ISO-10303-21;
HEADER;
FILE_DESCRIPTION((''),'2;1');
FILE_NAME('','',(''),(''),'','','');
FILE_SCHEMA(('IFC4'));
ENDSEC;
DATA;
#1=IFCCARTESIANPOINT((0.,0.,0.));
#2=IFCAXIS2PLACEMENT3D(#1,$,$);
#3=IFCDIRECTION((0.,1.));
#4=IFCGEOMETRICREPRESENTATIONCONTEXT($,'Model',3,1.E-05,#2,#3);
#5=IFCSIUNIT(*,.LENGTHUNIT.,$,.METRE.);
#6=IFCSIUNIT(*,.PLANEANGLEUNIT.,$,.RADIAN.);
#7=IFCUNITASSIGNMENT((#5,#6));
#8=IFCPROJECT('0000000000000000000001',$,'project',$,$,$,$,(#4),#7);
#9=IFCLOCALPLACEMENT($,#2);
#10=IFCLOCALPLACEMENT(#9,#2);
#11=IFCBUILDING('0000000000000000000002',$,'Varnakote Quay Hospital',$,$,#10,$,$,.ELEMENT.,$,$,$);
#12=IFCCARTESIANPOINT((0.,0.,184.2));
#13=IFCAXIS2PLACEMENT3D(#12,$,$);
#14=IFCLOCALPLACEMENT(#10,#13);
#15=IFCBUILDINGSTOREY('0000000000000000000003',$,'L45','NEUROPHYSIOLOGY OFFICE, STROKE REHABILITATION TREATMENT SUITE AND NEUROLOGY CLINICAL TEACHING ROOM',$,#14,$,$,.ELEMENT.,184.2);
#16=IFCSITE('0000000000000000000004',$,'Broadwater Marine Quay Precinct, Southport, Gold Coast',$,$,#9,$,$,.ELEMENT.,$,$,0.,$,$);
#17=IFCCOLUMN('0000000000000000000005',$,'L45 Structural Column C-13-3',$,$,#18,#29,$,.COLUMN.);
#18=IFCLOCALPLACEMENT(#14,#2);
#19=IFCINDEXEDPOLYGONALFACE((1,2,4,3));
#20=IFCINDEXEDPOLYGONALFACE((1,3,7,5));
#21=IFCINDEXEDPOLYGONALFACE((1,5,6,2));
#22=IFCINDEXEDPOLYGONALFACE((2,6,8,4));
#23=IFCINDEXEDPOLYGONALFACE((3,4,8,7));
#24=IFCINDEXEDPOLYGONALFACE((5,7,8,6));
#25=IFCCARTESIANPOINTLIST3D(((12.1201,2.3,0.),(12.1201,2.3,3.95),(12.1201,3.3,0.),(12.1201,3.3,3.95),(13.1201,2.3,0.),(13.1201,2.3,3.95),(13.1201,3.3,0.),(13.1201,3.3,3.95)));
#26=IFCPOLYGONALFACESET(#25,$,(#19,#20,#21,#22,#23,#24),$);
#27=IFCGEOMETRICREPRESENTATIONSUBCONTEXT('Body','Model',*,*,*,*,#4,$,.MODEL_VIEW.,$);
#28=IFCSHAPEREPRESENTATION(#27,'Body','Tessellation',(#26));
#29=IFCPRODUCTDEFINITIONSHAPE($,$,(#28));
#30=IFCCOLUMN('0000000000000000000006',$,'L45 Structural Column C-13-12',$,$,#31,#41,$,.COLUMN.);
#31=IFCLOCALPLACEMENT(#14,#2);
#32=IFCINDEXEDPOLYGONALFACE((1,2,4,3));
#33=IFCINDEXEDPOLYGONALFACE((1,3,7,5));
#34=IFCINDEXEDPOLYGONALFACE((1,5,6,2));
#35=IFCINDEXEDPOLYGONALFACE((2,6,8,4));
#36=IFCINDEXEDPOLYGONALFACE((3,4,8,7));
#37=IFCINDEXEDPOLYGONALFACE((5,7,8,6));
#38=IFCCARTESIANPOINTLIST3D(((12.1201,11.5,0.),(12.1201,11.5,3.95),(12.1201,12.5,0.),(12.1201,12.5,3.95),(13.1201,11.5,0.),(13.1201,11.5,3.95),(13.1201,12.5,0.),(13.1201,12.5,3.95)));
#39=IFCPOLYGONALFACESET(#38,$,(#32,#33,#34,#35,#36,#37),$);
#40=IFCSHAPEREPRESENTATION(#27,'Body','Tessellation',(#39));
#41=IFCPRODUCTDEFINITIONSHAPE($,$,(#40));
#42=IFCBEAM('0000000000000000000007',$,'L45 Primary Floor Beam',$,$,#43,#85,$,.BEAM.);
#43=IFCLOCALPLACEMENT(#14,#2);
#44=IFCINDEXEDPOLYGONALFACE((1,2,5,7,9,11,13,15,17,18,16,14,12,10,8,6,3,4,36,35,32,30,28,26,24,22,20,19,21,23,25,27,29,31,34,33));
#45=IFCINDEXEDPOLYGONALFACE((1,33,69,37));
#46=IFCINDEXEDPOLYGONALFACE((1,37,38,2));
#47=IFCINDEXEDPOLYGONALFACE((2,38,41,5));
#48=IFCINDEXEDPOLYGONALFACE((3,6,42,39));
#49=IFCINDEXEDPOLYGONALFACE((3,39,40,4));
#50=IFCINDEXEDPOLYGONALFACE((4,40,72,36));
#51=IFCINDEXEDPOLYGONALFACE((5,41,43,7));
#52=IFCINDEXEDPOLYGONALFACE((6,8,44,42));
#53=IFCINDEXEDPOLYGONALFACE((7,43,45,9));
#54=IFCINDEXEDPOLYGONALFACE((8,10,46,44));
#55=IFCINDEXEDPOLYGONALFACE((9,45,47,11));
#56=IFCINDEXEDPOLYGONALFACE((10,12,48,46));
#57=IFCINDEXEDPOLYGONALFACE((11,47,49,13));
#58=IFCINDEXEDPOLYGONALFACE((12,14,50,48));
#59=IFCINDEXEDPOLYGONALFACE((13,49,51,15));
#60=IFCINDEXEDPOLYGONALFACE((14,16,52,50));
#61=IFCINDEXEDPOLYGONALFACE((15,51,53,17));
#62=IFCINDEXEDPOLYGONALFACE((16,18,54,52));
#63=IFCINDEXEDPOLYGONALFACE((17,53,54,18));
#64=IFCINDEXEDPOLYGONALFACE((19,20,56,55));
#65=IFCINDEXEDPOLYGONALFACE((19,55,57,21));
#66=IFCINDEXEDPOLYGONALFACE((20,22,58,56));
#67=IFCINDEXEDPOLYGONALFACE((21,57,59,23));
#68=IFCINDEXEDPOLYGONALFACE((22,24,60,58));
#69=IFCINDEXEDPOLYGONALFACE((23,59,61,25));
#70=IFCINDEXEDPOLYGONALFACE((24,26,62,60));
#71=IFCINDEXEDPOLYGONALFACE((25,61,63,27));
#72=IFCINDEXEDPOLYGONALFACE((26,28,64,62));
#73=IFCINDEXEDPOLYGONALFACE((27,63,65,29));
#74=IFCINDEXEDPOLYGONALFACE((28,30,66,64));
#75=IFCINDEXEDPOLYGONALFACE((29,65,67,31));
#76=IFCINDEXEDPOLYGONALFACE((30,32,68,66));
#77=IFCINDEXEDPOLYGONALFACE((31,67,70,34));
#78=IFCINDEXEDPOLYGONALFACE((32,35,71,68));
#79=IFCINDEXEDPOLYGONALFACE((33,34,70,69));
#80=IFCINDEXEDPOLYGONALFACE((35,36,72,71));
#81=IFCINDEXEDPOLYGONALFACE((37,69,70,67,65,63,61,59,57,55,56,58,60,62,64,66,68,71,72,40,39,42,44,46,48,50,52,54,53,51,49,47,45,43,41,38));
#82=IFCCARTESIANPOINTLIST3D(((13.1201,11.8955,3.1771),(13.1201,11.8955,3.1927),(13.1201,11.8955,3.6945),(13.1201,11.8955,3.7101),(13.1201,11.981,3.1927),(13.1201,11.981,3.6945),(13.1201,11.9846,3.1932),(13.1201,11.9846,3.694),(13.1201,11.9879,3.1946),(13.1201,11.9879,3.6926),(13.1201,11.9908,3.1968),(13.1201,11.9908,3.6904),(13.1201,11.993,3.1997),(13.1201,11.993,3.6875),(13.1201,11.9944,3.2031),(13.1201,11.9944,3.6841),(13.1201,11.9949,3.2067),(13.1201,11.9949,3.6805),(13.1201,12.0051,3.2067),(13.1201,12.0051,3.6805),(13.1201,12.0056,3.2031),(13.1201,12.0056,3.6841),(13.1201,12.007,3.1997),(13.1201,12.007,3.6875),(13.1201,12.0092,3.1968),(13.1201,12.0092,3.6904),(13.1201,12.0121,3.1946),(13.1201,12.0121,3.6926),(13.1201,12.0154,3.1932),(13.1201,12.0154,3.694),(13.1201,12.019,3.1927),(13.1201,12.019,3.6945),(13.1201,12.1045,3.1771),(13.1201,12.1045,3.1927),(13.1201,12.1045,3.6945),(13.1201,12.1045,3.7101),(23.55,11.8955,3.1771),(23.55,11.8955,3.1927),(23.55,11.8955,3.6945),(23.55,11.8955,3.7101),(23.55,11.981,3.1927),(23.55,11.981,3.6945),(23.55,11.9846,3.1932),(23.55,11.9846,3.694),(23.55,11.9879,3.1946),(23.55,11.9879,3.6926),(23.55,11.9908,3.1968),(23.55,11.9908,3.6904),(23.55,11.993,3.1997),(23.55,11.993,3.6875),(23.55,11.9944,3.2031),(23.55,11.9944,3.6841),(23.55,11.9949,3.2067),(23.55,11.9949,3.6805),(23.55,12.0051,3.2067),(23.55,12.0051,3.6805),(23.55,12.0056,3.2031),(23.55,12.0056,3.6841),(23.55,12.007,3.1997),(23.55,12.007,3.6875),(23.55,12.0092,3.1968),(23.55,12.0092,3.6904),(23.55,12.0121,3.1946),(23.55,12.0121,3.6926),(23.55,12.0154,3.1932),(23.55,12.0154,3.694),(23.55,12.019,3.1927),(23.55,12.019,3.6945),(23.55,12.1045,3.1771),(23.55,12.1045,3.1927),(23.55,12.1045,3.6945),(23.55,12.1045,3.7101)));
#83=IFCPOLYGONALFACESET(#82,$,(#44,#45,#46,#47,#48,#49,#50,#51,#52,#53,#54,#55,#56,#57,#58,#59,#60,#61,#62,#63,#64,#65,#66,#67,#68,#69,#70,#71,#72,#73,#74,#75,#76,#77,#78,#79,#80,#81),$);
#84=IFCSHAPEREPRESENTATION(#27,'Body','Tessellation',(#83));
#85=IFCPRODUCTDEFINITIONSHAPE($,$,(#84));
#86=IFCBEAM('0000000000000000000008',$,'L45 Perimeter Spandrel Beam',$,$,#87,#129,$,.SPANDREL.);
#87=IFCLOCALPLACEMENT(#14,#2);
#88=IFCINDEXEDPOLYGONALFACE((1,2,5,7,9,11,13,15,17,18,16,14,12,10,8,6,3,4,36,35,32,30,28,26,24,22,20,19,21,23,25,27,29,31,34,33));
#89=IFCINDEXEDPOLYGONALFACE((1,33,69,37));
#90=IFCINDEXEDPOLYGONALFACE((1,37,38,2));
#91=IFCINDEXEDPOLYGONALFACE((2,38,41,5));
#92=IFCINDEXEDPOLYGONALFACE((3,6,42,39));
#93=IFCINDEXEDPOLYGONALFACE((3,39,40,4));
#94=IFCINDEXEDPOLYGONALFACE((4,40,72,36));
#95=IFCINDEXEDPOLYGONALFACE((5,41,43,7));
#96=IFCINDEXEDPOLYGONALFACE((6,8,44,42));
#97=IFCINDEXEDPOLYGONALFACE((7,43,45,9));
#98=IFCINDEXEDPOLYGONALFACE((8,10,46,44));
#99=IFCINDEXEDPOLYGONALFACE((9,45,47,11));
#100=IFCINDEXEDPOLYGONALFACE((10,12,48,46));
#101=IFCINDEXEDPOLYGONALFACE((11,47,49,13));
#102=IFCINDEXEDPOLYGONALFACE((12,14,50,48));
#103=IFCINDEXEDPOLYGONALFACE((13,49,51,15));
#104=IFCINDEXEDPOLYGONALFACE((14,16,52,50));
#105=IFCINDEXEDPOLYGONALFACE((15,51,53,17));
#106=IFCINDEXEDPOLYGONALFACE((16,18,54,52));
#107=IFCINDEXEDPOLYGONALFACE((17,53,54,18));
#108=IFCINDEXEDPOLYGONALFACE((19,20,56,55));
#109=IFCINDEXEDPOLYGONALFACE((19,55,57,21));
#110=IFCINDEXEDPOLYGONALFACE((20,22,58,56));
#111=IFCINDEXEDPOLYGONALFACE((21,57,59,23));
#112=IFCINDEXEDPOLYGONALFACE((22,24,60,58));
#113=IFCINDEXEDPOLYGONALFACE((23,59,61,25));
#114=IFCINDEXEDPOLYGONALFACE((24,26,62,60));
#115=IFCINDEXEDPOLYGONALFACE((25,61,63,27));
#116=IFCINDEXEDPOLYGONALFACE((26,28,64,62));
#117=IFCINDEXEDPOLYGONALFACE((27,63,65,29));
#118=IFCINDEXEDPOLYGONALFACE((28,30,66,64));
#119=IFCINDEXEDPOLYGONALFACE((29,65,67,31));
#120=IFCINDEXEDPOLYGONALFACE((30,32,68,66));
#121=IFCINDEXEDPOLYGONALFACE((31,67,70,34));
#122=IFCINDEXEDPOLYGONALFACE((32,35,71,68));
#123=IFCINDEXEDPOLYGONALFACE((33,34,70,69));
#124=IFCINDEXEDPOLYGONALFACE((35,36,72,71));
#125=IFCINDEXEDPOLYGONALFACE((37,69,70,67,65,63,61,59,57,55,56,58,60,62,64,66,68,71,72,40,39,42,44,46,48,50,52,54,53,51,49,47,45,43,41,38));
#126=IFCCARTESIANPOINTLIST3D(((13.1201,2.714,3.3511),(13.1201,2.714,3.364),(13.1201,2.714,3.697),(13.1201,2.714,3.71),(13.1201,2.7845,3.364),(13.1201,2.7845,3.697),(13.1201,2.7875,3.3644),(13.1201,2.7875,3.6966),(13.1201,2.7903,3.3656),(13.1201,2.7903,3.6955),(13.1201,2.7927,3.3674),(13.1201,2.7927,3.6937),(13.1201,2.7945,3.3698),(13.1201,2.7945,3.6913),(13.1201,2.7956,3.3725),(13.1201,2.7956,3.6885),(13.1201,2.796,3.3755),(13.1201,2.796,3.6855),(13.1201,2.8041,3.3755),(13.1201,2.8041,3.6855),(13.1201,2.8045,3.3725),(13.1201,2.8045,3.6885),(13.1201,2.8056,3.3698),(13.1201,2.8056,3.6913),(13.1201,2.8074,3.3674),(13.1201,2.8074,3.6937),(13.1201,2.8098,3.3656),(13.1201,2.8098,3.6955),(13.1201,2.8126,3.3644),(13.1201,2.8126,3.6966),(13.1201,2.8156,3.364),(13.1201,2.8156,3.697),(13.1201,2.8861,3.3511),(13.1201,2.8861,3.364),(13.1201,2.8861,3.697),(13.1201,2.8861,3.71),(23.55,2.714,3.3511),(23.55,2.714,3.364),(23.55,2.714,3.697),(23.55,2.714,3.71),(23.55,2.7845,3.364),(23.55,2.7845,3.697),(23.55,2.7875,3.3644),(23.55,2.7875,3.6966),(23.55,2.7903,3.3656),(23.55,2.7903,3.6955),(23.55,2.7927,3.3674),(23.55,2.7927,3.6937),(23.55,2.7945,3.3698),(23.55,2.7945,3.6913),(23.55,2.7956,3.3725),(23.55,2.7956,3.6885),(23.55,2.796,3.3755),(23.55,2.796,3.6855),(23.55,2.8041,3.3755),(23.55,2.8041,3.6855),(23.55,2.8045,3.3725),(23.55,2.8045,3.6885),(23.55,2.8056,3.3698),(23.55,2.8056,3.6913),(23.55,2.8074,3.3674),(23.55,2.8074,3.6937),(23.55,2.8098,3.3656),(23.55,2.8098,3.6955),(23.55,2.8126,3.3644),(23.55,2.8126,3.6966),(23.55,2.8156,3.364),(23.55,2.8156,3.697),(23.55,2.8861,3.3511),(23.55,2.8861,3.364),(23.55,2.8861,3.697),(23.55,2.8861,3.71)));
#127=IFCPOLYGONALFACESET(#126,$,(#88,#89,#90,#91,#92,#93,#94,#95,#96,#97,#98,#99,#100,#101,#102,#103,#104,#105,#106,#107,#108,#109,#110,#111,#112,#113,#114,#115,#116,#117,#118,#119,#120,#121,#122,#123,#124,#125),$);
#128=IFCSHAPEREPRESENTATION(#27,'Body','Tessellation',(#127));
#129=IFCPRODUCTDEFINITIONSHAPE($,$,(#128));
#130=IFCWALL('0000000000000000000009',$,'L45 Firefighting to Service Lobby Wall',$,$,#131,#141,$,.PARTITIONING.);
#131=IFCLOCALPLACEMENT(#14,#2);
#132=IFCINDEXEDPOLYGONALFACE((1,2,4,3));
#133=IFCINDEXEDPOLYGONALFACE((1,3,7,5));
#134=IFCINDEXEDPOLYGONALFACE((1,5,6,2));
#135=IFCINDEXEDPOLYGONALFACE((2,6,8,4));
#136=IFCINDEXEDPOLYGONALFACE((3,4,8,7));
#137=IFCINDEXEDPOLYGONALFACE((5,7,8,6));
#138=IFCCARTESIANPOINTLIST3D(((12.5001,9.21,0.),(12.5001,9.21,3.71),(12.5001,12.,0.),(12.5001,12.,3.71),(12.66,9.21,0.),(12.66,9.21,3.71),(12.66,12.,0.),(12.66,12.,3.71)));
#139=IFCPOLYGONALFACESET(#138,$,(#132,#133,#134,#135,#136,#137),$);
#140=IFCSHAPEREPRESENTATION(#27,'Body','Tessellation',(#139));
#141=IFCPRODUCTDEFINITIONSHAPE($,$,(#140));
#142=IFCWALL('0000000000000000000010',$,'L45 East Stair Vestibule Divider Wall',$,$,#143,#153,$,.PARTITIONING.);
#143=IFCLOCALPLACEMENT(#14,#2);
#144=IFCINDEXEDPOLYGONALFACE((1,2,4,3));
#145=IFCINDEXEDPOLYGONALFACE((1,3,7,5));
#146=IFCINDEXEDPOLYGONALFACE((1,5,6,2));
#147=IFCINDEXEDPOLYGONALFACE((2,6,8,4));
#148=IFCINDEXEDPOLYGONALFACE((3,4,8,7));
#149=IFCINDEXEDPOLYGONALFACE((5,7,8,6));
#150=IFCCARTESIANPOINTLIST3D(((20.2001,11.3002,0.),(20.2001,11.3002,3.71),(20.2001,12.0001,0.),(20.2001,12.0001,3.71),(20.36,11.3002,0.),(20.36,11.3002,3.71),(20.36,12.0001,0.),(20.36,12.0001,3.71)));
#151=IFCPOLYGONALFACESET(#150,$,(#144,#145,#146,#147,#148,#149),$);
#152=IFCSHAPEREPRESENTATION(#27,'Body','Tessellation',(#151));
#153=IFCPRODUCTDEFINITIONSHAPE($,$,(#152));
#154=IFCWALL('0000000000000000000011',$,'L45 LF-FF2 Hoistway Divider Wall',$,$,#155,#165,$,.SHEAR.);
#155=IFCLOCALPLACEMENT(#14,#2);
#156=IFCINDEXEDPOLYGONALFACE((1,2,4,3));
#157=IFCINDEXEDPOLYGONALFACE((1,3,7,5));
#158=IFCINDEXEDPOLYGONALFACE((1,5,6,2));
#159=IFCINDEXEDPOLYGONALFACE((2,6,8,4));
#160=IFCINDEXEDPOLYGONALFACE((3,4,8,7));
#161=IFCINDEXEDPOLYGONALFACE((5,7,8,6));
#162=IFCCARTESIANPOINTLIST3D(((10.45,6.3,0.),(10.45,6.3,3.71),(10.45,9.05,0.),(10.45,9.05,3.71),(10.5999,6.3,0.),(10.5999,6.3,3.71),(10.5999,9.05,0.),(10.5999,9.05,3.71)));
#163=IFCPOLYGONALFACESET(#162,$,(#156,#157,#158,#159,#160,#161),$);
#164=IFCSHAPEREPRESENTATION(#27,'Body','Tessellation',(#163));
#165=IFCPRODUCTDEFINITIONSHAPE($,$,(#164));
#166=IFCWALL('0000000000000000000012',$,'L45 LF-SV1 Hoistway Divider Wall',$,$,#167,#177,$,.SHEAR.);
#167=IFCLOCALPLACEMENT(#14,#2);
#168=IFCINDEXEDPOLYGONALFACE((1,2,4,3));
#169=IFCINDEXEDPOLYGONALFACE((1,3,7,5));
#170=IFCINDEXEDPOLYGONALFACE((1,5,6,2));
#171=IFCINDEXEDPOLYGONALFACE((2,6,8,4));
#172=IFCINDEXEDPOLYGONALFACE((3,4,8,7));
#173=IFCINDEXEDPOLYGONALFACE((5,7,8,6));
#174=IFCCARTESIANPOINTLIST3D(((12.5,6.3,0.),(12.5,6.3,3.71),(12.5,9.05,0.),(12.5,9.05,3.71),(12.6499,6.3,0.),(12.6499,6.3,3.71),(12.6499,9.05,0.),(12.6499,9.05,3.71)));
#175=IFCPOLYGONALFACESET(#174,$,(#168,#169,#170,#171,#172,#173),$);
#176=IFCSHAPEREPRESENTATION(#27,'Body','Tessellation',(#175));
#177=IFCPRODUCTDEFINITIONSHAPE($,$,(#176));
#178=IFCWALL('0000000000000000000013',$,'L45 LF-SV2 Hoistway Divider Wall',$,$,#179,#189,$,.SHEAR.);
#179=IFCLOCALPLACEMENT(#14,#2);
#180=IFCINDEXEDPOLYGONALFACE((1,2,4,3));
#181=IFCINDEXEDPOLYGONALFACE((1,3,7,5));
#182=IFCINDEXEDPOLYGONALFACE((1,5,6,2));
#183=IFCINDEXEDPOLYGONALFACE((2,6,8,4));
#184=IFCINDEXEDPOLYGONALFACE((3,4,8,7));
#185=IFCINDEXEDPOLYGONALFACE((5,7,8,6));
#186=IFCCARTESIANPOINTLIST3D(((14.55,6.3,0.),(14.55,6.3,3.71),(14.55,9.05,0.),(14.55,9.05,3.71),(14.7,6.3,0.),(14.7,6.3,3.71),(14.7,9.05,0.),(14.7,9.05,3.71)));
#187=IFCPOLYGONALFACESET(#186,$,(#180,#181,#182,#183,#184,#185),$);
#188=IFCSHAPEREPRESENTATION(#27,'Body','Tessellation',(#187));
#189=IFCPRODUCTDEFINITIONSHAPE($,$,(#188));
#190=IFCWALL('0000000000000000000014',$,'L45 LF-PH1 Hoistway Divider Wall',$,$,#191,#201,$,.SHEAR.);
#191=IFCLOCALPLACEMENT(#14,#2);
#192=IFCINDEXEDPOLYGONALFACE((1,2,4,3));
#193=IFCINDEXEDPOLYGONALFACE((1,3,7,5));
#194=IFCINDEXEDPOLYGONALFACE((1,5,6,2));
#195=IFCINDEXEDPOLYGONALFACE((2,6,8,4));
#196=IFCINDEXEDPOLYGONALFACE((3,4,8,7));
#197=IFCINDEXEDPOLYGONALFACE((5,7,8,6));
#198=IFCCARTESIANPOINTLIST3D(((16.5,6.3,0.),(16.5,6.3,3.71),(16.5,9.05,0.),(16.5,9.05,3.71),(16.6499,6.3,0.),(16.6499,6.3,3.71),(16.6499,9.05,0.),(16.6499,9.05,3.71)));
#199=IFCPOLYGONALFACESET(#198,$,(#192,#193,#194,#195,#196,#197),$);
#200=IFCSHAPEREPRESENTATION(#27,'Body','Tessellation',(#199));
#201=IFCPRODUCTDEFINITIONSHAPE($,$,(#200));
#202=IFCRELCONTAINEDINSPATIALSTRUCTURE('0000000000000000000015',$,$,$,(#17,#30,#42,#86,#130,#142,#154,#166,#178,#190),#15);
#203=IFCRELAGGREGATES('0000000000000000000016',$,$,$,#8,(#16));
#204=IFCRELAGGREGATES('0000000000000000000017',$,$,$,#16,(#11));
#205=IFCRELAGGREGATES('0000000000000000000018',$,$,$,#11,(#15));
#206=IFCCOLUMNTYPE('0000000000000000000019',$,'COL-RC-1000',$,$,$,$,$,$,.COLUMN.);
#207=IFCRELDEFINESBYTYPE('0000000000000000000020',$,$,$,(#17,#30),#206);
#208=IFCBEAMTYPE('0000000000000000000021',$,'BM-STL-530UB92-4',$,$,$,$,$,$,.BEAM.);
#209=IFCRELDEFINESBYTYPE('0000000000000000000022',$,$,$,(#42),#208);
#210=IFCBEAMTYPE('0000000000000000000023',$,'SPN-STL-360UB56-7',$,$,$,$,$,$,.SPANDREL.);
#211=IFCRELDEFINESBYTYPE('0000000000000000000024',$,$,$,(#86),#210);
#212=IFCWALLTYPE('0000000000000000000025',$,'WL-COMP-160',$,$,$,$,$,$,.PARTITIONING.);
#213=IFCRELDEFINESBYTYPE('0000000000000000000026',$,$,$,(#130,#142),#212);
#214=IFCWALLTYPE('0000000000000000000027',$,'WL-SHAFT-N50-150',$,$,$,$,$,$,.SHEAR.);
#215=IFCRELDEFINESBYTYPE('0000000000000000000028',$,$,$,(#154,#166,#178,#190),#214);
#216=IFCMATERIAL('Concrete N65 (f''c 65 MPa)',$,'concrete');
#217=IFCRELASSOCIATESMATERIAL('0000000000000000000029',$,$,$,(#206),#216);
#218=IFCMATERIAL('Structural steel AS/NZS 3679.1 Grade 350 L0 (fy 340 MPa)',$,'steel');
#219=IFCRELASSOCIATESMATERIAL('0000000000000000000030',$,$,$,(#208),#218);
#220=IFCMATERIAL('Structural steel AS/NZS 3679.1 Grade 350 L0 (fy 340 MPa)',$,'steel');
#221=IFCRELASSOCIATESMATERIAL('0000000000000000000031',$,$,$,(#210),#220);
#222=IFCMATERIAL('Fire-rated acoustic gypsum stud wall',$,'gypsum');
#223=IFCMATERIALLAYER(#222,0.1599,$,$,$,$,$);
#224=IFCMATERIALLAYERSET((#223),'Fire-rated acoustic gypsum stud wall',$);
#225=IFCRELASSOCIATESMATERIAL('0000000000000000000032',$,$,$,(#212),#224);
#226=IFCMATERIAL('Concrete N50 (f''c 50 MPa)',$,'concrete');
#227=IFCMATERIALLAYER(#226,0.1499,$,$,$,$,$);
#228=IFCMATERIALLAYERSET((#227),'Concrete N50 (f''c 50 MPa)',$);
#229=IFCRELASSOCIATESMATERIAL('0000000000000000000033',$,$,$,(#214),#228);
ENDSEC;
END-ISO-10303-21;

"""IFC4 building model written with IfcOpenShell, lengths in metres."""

from ifc_helpers import new_model, si_unit, direction, frame, frame_2d, origin, origin_2d, place, context, subcontext, project, spatial, rectangle, i_section, extrude, material, layer, layer_set, material_profile, profile_set, type_object, element, save


model = new_model("IFC4")

# Units and contexts
model_context = context("Model", 3, precision=1e-05, world=origin(), true_north=direction((0.0, 1.0)))
body_context = subcontext(model_context, "Body", "Model", "MODEL_VIEW")
ifc_project = project(units=[si_unit("LENGTHUNIT", "METRE"), si_unit("PLANEANGLEUNIT", "RADIAN")], contexts=[model_context])

# Site, building, storey
site_placement = place(None, origin())
site = spatial("IfcSite", under=ifc_project, at=site_placement, Name="Broadwater Marine Quay Precinct, Southport, Gold Coast", CompositionType="ELEMENT", RefElevation=0.0)
building_placement = place(site_placement, origin())
building = spatial("IfcBuilding", under=site, at=building_placement, Name="Varnakote Quay Hospital", CompositionType="ELEMENT")
storey_placement = place(building_placement, frame((0.0, 0.0, 184.2)))
storey = spatial("IfcBuildingStorey", under=building, at=storey_placement, Name="L45", Description="NEUROPHYSIOLOGY OFFICE, STROKE REHABILITATION TREATMENT SUITE AND NEUROLOGY CLINICAL TEACHING ROOM", CompositionType="ELEMENT", Elevation=184.2)

# Columns
ifc_material_1 = material(Name="Concrete N65 (f'c 65 MPa)", Category="concrete")
ifc_material_profile_1 = material_profile(ifc_material_1, rectangle(XDim=1.0, YDim=1.0, at=origin_2d()), Name="RC-COL-1000x1000")
ifc_profile_set_1 = profile_set([ifc_material_profile_1], Name="Concrete N65 (f'c 65 MPa)")
column_type = type_object("IfcColumnType", Name="COL-RC-1000", PredefinedType="COLUMN", material=ifc_profile_set_1)
for number, where, z_axis, x_axis, name in (
    (1, (12.6201, 2.8, 0.0), (0.0, 0.0, 1.0), (1.0, 0.0, 0.0), "L45 Structural Column C-13-3"),
    (2, (12.6201, 12.0, 0.0), (0.0, 0.0, 1.0), (1.0, 0.0, 0.0), "L45 Structural Column C-13-12"),
):
    element("IfcColumn", number, at=place(storey_placement, frame(where, z_axis=z_axis, x_axis=x_axis)), inside=storey, type_object=column_type, Name=name, PredefinedType="COLUMN", context=body_context, shape_type="SweptSolid", body=[
        extrude(rectangle(XDim=1.0, YDim=1.0, at=origin_2d()), origin(), (0.0, 0.0, 1.0), 3.95),
    ])

# Beams
ifc_material_2 = material(Name="Structural steel AS/NZS 3679.1 Grade 350 L0 (fy 340 MPa)", Category="steel")
ifc_material_profile_2 = material_profile(ifc_material_2, i_section(OverallWidth=0.209, OverallDepth=0.533, WebThickness=0.0103, FlangeThickness=0.0156, FilletRadius=0.0139, at=origin_2d()), Name="530UB92.4")
ifc_profile_set_2 = profile_set([ifc_material_profile_2], Name="Structural steel AS/NZS 3679.1 Grade 350 L0 (fy 340 MPa)")
beam_type_1 = type_object("IfcBeamType", Name="BM-STL-530UB92-4", PredefinedType="BEAM", material=ifc_profile_set_2)
beam_1_placement = place(storey_placement, frame((13.1201, 12.0, 3.4436), z_axis=(1.0, 0.0, 0.0), x_axis=(0.0, 1.0, 0.0)))
element("IfcBeam", 3, at=beam_1_placement, inside=storey, type_object=beam_type_1, Name="L45 Primary Floor Beam", PredefinedType="BEAM", context=body_context, shape_type="SweptSolid", body=[
    extrude(i_section(OverallWidth=0.209, OverallDepth=0.533, WebThickness=0.0103, FlangeThickness=0.0156, FilletRadius=0.0139, at=origin_2d()), origin(), (0.0, 0.0, 1.0), 10.4299),
])
ifc_material_3 = material(Name="Structural steel AS/NZS 3679.1 Grade 350 L0 (fy 340 MPa)", Category="steel")
ifc_material_profile_3 = material_profile(ifc_material_3, i_section(OverallWidth=0.1721, OverallDepth=0.3589, WebThickness=0.0081, FlangeThickness=0.0129, FilletRadius=0.0115, at=origin_2d()), Name="360UB56.7")
ifc_profile_set_3 = profile_set([ifc_material_profile_3], Name="Structural steel AS/NZS 3679.1 Grade 350 L0 (fy 340 MPa)")
beam_type_2 = type_object("IfcBeamType", Name="SPN-STL-360UB56-7", PredefinedType="SPANDREL", material=ifc_profile_set_3)
beam_2_placement = place(storey_placement, frame((13.1201, 2.8, 3.5305), z_axis=(1.0, 0.0, 0.0), x_axis=(0.0, 1.0, 0.0)))
element("IfcBeam", 4, at=beam_2_placement, inside=storey, type_object=beam_type_2, Name="L45 Perimeter Spandrel Beam", PredefinedType="SPANDREL", context=body_context, shape_type="SweptSolid", body=[
    extrude(i_section(OverallWidth=0.1721, OverallDepth=0.3589, WebThickness=0.0081, FlangeThickness=0.0129, FilletRadius=0.0115, at=origin_2d()), origin(), (0.0, 0.0, 1.0), 10.4299),
])

# Walls
ifc_material_4 = material(Name="Fire-rated acoustic gypsum stud wall", Category="gypsum")
ifc_layer_1 = layer(ifc_material_4, 0.1599)
ifc_layer_set_1 = layer_set([ifc_layer_1], Name="Fire-rated acoustic gypsum stud wall")
wall_type_1 = type_object("IfcWallType", Name="WL-COMP-160", PredefinedType="PARTITIONING", material=ifc_layer_set_1)
wall_1_placement = place(storey_placement, frame((12.5801, 9.21, 0.0), z_axis=(0.0, 0.0, 1.0), x_axis=(0.0, 1.0, 0.0)))
element("IfcWall", 5, at=wall_1_placement, inside=storey, type_object=wall_type_1, Name="L45 Firefighting to Service Lobby Wall", PredefinedType="PARTITIONING", context=body_context, shape_type="SweptSolid", body=[
    extrude(rectangle(XDim=2.79, YDim=0.1599, at=frame_2d((1.395, 0.0))), origin(), (0.0, 0.0, 1.0), 3.71),
])
wall_2_placement = place(storey_placement, frame((20.28, 11.3, 0.0), z_axis=(0.0, 0.0, 1.0), x_axis=(0.0, 1.0, 0.0)))
element("IfcWall", 6, at=wall_2_placement, inside=storey, type_object=wall_type_1, Name="L45 East Stair Vestibule Divider Wall", PredefinedType="PARTITIONING", context=body_context, shape_type="SweptSolid", body=[
    extrude(rectangle(XDim=0.7, YDim=0.1599, at=frame_2d((0.3501, 0.0))), origin(), (0.0, 0.0, 1.0), 3.71),
])
ifc_material_5 = material(Name="Concrete N50 (f'c 50 MPa)", Category="concrete")
ifc_layer_2 = layer(ifc_material_5, 0.1499)
ifc_layer_set_2 = layer_set([ifc_layer_2], Name="Concrete N50 (f'c 50 MPa)")
wall_type_2 = type_object("IfcWallType", Name="WL-SHAFT-N50-150", PredefinedType="SHEAR", material=ifc_layer_set_2)
for number, where, z_axis, x_axis, name in (
    (7, (10.5249, 6.3, 0.0), (0.0, 0.0, 1.0), (0.0, 1.0, 0.0), "L45 LF-FF2 Hoistway Divider Wall"),
    (8, (12.575, 6.3, 0.0), (0.0, 0.0, 1.0), (0.0, 1.0, 0.0), "L45 LF-SV1 Hoistway Divider Wall"),
    (9, (14.625, 6.3, 0.0), (0.0, 0.0, 1.0), (0.0, 1.0, 0.0), "L45 LF-SV2 Hoistway Divider Wall"),
    (10, (16.575, 6.3, 0.0), (0.0, 0.0, 1.0), (0.0, 1.0, 0.0), "L45 LF-PH1 Hoistway Divider Wall"),
):
    element("IfcWall", number, at=place(storey_placement, frame(where, z_axis=z_axis, x_axis=x_axis)), inside=storey, type_object=wall_type_2, Name=name, PredefinedType="SHEAR", context=body_context, shape_type="SweptSolid", body=[
        extrude(rectangle(XDim=2.75, YDim=0.1499, at=frame_2d((1.375, 0.0))), origin(), (0.0, 0.0, 1.0), 3.71),
    ])

save(model, "model.ifc")
